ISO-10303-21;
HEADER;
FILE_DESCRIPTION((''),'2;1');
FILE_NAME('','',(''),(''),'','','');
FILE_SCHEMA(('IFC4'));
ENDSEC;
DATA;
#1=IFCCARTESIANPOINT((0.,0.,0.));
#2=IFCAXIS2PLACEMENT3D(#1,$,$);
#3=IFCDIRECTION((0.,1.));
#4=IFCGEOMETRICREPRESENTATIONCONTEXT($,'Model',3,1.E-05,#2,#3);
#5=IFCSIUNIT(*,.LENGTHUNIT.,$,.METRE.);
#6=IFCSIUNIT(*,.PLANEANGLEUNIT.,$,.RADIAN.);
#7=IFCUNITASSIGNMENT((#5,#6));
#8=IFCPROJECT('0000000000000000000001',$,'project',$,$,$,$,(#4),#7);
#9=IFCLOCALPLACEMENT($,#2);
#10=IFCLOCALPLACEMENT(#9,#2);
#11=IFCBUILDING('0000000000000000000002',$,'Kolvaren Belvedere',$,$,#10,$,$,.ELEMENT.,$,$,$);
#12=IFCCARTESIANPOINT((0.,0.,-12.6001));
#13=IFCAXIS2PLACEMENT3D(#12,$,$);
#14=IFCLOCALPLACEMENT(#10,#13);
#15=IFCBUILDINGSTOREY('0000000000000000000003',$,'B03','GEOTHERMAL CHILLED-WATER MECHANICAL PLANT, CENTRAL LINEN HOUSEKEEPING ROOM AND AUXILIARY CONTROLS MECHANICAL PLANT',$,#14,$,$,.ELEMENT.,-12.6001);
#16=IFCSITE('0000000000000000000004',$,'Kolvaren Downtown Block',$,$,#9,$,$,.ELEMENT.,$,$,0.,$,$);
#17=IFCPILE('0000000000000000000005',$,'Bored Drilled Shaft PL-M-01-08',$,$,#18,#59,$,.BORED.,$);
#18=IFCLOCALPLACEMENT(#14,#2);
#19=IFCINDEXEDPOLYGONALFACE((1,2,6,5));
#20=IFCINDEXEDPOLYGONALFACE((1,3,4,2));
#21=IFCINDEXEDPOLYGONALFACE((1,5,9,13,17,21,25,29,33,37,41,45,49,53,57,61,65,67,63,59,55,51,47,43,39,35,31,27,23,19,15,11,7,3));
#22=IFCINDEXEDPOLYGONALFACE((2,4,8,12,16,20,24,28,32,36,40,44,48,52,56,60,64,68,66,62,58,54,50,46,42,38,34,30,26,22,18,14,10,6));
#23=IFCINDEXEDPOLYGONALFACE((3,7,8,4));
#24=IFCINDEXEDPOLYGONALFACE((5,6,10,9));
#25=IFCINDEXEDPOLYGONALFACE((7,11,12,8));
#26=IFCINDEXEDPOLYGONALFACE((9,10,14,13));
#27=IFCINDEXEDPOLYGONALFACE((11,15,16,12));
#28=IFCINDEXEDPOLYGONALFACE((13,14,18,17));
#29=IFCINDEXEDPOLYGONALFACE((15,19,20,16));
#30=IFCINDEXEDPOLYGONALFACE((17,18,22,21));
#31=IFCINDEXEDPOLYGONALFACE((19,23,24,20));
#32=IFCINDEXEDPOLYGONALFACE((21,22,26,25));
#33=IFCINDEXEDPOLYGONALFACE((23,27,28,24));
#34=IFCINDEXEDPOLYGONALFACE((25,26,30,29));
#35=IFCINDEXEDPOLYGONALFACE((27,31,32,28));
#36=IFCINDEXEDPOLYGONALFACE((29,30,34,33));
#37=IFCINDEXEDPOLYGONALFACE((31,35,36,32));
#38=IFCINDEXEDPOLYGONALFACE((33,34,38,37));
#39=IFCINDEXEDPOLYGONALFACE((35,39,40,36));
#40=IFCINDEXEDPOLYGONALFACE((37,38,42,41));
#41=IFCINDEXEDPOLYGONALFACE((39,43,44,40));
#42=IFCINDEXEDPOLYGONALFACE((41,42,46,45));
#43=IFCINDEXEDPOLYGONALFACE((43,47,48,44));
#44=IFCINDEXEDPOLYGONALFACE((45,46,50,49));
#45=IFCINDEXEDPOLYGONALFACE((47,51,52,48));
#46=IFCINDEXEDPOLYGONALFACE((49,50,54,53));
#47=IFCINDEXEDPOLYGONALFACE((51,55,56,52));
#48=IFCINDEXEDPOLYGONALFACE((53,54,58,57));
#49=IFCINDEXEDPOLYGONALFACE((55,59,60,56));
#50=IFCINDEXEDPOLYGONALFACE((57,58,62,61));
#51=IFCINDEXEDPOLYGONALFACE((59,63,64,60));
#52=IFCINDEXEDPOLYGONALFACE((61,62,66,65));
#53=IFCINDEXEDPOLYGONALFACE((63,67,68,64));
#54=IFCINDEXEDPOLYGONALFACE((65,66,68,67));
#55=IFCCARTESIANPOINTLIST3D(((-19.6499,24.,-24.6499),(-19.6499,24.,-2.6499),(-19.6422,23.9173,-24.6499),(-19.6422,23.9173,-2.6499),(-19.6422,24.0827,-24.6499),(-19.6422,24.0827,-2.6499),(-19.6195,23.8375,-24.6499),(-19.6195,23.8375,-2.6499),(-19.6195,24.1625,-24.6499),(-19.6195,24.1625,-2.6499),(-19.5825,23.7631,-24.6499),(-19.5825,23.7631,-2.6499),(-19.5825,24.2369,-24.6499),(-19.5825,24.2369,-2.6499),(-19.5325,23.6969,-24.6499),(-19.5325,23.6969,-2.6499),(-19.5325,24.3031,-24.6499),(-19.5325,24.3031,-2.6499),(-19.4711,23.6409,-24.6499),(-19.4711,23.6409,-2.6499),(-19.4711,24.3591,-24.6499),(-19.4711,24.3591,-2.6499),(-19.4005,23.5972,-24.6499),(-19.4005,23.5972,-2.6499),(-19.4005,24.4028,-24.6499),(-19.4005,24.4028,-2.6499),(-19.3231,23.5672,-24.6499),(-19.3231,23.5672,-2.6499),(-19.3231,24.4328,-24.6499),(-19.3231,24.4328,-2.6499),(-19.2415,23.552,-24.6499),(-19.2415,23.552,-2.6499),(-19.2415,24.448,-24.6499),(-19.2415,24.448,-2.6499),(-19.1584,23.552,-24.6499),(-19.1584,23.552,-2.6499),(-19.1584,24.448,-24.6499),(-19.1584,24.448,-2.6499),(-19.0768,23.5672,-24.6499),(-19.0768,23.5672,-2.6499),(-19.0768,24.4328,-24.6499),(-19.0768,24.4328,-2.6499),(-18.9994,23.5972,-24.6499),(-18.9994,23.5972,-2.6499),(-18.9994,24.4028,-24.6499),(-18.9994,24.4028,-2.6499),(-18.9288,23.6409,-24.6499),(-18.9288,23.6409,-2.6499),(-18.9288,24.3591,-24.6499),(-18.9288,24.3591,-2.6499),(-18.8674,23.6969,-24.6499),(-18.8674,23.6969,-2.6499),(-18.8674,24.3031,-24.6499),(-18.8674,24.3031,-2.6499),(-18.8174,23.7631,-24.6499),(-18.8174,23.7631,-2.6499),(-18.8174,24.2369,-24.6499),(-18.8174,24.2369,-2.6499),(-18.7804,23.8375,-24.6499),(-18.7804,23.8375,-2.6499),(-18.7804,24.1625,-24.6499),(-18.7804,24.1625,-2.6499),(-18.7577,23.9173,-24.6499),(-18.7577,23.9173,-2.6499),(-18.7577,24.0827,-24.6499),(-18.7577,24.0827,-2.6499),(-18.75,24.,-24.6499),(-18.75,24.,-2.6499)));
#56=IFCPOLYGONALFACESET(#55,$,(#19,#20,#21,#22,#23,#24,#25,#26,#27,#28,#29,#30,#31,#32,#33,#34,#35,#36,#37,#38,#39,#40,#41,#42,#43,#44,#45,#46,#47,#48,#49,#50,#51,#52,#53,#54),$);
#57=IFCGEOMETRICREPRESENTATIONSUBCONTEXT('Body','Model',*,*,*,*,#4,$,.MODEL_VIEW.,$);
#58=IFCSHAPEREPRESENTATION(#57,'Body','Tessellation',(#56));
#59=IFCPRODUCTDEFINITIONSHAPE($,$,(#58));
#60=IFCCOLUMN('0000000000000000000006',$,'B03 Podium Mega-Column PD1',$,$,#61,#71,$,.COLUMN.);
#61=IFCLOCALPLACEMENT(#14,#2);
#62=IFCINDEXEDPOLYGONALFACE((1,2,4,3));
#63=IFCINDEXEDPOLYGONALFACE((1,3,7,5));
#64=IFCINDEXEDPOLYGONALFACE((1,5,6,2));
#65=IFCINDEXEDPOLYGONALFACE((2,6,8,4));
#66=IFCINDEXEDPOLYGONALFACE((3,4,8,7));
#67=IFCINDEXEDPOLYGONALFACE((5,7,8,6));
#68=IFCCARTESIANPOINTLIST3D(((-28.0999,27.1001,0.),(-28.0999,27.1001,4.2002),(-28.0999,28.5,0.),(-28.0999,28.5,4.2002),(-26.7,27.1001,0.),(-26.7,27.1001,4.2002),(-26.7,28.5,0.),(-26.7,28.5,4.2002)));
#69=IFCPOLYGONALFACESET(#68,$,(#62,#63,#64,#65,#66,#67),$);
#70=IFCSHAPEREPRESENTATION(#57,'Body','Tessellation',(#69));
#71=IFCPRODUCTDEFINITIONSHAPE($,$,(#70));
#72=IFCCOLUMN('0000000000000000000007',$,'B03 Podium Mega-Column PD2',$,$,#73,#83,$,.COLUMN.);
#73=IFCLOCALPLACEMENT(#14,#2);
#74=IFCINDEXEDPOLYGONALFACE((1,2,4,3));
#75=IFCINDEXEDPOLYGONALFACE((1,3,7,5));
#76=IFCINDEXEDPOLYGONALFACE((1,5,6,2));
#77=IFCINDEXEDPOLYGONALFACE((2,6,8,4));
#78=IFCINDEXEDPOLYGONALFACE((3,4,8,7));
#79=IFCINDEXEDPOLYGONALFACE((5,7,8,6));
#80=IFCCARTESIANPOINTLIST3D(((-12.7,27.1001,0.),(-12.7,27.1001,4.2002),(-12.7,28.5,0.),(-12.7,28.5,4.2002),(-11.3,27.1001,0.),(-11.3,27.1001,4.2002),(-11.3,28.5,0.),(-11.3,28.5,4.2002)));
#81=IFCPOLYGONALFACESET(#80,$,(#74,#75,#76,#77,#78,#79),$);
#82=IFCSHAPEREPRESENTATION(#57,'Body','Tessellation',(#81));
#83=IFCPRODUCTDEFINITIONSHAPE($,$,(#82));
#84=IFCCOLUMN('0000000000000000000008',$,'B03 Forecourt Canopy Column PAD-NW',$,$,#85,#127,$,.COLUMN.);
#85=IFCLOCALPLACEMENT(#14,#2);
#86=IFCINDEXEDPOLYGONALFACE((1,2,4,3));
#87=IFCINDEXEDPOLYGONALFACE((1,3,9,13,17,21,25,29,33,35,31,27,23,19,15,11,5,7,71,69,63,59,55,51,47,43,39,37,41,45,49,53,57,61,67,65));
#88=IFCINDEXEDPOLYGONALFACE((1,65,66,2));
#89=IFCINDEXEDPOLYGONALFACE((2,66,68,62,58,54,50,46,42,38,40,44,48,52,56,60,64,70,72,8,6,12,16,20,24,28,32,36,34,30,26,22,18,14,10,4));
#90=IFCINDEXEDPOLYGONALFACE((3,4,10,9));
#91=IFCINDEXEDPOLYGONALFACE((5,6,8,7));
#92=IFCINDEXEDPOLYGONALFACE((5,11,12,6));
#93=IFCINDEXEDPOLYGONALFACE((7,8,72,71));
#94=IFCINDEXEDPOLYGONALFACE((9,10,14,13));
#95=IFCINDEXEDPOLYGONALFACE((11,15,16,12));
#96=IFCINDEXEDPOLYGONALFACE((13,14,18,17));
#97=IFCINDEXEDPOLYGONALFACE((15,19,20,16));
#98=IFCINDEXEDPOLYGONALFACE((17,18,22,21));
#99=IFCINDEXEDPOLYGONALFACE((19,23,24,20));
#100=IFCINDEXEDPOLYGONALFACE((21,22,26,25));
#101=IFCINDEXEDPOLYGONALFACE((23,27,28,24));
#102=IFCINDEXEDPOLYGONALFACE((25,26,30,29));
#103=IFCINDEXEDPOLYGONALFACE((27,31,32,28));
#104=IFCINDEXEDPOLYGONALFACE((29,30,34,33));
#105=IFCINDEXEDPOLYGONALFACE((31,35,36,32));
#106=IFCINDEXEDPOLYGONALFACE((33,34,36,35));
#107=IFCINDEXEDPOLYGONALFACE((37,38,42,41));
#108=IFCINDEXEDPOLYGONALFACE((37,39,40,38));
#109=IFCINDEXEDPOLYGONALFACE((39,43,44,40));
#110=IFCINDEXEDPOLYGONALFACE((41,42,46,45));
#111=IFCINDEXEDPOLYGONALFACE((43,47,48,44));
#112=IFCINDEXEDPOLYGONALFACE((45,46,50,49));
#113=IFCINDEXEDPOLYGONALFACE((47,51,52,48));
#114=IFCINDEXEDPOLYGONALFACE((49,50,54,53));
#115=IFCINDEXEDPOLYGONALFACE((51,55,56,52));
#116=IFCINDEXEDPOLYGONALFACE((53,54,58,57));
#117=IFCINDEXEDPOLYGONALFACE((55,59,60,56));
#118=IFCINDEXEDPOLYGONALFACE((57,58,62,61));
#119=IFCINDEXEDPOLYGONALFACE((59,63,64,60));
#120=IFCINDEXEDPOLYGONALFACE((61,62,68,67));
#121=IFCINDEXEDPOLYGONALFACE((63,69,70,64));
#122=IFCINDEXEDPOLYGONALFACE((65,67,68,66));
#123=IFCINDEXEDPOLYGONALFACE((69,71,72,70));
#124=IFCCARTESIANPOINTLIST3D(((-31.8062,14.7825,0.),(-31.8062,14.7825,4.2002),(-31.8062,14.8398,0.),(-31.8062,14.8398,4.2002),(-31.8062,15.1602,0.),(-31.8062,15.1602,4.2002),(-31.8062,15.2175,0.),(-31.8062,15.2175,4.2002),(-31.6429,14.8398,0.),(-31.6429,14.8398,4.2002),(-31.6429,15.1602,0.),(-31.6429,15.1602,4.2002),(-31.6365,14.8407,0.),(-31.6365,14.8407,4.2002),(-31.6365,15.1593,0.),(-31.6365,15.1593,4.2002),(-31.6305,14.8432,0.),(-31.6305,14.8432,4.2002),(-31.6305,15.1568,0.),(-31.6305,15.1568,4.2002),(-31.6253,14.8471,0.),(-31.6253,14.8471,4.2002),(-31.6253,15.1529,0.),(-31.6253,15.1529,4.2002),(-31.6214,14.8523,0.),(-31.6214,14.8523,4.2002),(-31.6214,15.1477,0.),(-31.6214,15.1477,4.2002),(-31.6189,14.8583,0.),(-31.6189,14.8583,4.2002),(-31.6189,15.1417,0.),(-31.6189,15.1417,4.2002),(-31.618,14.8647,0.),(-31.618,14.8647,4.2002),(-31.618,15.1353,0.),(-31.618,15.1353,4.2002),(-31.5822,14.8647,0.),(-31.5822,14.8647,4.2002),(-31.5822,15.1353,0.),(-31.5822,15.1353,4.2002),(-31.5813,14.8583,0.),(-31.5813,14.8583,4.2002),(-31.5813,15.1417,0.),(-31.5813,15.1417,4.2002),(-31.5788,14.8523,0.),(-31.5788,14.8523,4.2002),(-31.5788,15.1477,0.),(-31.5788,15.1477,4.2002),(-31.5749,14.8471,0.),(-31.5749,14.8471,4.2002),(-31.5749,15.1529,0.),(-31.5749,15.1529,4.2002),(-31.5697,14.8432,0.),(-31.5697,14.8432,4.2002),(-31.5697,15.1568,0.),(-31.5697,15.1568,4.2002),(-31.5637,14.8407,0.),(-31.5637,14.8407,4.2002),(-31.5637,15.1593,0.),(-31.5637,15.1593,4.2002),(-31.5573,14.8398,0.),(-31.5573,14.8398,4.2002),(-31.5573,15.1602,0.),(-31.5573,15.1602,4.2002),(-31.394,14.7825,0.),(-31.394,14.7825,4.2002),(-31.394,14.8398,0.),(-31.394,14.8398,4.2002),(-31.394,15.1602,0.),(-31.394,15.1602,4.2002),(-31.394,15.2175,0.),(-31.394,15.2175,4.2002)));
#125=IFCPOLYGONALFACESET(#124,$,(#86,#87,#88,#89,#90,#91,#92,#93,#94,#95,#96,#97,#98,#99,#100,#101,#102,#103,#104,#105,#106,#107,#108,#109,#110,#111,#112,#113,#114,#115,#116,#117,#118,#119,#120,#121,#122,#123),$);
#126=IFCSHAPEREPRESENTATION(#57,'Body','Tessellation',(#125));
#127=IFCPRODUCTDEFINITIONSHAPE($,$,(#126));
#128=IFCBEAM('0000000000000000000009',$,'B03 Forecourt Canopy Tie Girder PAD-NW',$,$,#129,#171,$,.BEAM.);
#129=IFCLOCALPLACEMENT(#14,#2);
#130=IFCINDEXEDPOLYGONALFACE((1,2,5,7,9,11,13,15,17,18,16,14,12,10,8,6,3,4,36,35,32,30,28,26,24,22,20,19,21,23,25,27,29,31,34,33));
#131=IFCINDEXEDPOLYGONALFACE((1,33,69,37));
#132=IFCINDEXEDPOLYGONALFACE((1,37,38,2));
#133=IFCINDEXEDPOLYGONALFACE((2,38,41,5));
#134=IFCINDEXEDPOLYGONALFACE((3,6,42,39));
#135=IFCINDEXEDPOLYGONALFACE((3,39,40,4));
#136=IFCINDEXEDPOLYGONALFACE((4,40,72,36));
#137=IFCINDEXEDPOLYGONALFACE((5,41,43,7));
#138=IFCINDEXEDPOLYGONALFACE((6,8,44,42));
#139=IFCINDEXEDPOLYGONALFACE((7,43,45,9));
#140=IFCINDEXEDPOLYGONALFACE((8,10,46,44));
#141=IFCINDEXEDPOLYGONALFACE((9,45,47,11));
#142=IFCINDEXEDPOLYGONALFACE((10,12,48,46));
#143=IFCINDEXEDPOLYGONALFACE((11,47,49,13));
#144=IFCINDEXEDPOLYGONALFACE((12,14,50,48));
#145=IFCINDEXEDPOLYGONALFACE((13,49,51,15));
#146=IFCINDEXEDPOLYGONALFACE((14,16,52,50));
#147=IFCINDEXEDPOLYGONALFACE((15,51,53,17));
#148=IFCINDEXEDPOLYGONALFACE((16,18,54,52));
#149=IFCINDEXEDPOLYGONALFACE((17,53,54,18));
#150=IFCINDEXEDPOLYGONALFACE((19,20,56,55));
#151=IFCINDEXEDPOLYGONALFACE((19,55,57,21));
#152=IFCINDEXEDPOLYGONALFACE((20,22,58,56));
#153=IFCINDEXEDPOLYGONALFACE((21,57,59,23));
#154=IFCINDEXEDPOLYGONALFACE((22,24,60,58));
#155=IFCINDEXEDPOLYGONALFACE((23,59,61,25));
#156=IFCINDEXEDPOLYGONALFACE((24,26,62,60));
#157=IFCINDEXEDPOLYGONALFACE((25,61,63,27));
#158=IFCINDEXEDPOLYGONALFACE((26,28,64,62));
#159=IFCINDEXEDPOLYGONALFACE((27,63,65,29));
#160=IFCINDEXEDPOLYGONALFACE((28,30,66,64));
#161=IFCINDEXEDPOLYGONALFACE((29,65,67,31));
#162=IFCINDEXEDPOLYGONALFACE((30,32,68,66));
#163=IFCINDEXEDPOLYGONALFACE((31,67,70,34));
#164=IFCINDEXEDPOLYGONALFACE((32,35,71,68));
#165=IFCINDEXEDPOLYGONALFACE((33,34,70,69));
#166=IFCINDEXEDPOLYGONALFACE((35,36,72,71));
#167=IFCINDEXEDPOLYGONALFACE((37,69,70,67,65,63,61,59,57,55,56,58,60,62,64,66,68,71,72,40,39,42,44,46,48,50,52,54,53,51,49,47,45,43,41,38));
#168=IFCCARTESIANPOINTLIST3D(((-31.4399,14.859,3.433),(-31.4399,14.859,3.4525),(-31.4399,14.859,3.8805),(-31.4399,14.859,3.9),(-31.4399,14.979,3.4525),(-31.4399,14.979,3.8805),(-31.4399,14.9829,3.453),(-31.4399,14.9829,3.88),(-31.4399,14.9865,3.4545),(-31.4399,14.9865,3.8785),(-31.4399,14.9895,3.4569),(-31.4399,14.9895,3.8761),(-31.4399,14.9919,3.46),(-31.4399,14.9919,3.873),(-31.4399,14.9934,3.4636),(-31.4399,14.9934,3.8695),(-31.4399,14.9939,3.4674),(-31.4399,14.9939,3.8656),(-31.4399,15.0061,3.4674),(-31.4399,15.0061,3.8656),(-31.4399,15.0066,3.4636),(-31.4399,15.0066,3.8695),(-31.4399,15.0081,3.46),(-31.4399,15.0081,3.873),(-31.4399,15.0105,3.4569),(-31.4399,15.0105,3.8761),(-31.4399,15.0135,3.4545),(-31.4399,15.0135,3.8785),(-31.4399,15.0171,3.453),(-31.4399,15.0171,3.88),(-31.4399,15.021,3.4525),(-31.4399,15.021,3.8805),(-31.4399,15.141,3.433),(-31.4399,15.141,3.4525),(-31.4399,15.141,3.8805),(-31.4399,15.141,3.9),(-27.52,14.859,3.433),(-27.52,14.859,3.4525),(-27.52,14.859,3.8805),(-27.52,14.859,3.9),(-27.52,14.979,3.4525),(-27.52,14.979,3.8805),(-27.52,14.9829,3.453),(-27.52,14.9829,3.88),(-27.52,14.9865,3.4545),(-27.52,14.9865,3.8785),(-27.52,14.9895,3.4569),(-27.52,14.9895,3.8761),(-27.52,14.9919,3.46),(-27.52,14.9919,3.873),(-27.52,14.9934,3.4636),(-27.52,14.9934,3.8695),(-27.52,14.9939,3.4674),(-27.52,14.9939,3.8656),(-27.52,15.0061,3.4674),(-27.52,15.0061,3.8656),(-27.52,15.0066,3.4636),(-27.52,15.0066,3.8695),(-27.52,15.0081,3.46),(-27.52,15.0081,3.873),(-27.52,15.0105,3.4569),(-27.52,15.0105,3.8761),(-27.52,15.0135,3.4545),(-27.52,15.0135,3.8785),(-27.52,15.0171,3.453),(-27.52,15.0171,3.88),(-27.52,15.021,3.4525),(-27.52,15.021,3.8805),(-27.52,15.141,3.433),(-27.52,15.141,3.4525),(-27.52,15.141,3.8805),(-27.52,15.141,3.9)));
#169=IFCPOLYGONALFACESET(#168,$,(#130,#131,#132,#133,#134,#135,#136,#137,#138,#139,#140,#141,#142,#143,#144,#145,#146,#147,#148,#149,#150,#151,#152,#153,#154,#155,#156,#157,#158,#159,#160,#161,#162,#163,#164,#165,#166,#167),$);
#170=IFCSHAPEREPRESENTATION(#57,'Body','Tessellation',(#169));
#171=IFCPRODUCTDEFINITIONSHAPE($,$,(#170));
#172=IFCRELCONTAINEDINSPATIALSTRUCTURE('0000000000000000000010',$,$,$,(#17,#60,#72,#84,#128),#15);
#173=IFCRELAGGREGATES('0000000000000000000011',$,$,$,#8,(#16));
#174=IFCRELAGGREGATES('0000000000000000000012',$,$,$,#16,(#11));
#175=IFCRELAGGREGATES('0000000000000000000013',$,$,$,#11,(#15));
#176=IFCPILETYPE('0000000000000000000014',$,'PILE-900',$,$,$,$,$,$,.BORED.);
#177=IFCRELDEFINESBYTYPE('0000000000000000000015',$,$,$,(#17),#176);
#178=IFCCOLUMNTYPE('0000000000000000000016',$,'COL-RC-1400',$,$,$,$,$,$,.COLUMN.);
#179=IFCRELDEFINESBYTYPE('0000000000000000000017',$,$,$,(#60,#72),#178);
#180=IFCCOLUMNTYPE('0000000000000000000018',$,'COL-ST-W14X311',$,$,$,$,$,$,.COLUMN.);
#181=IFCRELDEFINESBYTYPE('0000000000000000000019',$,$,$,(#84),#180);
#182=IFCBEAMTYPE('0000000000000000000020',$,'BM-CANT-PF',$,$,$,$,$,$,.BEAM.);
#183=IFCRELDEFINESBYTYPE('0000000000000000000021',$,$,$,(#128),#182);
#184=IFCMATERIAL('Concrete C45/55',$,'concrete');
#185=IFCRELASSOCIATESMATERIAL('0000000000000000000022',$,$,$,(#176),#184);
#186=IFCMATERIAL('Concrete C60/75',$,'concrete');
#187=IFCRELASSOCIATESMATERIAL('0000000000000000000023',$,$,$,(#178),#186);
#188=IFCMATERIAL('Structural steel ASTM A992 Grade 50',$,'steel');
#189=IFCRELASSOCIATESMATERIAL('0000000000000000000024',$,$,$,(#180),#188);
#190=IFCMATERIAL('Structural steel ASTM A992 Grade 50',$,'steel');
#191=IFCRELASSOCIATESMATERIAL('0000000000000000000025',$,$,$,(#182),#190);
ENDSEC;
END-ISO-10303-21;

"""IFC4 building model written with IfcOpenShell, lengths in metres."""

from ifc_helpers import new_model, si_unit, direction, frame, origin, origin_2d, place, context, subcontext, project, spatial, rectangle, circle, i_section, extrude, material, material_profile, profile_set, type_object, element, save


model = new_model("IFC4")

# Units and contexts
model_context = context("Model", 3, precision=1e-05, world=origin(), true_north=direction((0.0, 1.0)))
body_context = subcontext(model_context, "Body", "Model", "MODEL_VIEW")
ifc_project = project(units=[si_unit("LENGTHUNIT", "METRE"), si_unit("PLANEANGLEUNIT", "RADIAN")], contexts=[model_context])

# Site, building, storey
site_placement = place(None, origin())
site = spatial("IfcSite", under=ifc_project, at=site_placement, Name="Kolvaren Downtown Block", CompositionType="ELEMENT", RefElevation=0.0)
building_placement = place(site_placement, origin())
building = spatial("IfcBuilding", under=site, at=building_placement, Name="Kolvaren Belvedere", CompositionType="ELEMENT")
storey_placement = place(building_placement, frame((0.0, 0.0, -12.6001)))
storey = spatial("IfcBuildingStorey", under=building, at=storey_placement, Name="B03", Description="GEOTHERMAL CHILLED-WATER MECHANICAL PLANT, CENTRAL LINEN HOUSEKEEPING ROOM AND AUXILIARY CONTROLS MECHANICAL PLANT", CompositionType="ELEMENT", Elevation=-12.6001)

# Pile
ifc_material_1 = material(Name="Concrete C45/55", Category="concrete")
ifc_material_profile_1 = material_profile(ifc_material_1, circle(Radius=0.45, at=origin_2d()), Name="BORED PILE D900")
ifc_profile_set_1 = profile_set([ifc_material_profile_1], Name="Concrete C45/55")
pile_type_1 = type_object("IfcPileType", Name="PILE-900", PredefinedType="BORED", material=ifc_profile_set_1)
for number, where, z_axis, x_axis, name in (
    (1, (-19.2, 24.0, -2.6499), (0.0, 0.0, -1.0), (1.0, 0.0, 0.0), "Bored Drilled Shaft PL-M-01-08"),
):
    element("IfcPile", number, at=place(storey_placement, frame(where, z_axis=z_axis, x_axis=x_axis)), inside=storey, type_object=pile_type_1, Name=name, PredefinedType="BORED", context=body_context, shape_type="SweptSolid", body=[
        extrude(circle(Radius=0.45, at=origin_2d()), origin(), (0.0, 0.0, 1.0), 22.0),
    ])

# Columns
ifc_material_2 = material(Name="Concrete C60/75", Category="concrete")
ifc_material_profile_2 = material_profile(ifc_material_2, rectangle(XDim=1.3999, YDim=1.3999, at=origin_2d()), Name="RC 1400X1400")
ifc_profile_set_2 = profile_set([ifc_material_profile_2], Name="Concrete C60/75")
column_type_1 = type_object("IfcColumnType", Name="COL-RC-1400", PredefinedType="COLUMN", material=ifc_profile_set_2)
for number, where, z_axis, x_axis, name in (
    (2, (-27.3999, 27.8, 0.0), (0.0, 0.0, 1.0), (1.0, 0.0, 0.0), "B03 Podium Mega-Column PD1"),
    (3, (-12.0, 27.8, 0.0), (0.0, 0.0, 1.0), (1.0, 0.0, 0.0), "B03 Podium Mega-Column PD2"),
):
    element("IfcColumn", number, at=place(storey_placement, frame(where, z_axis=z_axis, x_axis=x_axis)), inside=storey, type_object=column_type_1, Name=name, PredefinedType="COLUMN", context=body_context, shape_type="SweptSolid", body=[
        extrude(rectangle(XDim=1.3999, YDim=1.3999, at=origin_2d()), origin(), (0.0, 0.0, 1.0), 4.2002),
    ])
ifc_material_3 = material(Name="Structural steel ASTM A992 Grade 50", Category="steel")
ifc_material_profile_3 = material_profile(ifc_material_3, i_section(OverallWidth=0.4121, OverallDepth=0.4351, WebThickness=0.0359, FlangeThickness=0.0574, FilletRadius=0.0249, at=origin_2d()), Name="W14X311")
ifc_profile_set_3 = profile_set([ifc_material_profile_3], Name="Structural steel ASTM A992 Grade 50")
column_type_2 = type_object("IfcColumnType", Name="COL-ST-W14X311", PredefinedType="COLUMN", material=ifc_profile_set_3)
column_placement = place(storey_placement, frame((-31.6001, 15.0, 0.0), z_axis=(0.0, 0.0, 1.0), x_axis=(1.0, 0.0, 0.0)))
element("IfcColumn", 4, at=column_placement, inside=storey, type_object=column_type_2, Name="B03 Forecourt Canopy Column PAD-NW", PredefinedType="COLUMN", context=body_context, shape_type="SweptSolid", body=[
    extrude(i_section(OverallWidth=0.4121, OverallDepth=0.4351, WebThickness=0.0359, FlangeThickness=0.0574, FilletRadius=0.0249, at=origin_2d()), origin(), (0.0, 0.0, 1.0), 4.2002),
])

# Beam
ifc_material_4 = material(Name="Structural steel ASTM A992 Grade 50", Category="steel")
ifc_material_profile_4 = material_profile(ifc_material_4, i_section(OverallWidth=0.282, OverallDepth=0.467, WebThickness=0.0122, FlangeThickness=0.0195, FilletRadius=0.0149, at=origin_2d()), Name="W18X86")
ifc_profile_set_4 = profile_set([ifc_material_profile_4], Name="Structural steel ASTM A992 Grade 50")
beam_type_1 = type_object("IfcBeamType", Name="BM-CANT-PF", PredefinedType="BEAM", material=ifc_profile_set_4)
beam_1_placement = place(storey_placement, frame((-31.4399, 15.0, 3.6665), z_axis=(1.0, 0.0, 0.0), x_axis=(0.0, 1.0, 0.0)))
element("IfcBeam", 5, at=beam_1_placement, inside=storey, type_object=beam_type_1, Name="B03 Forecourt Canopy Tie Girder PAD-NW", PredefinedType="BEAM", context=body_context, shape_type="SweptSolid", body=[
    extrude(i_section(OverallWidth=0.282, OverallDepth=0.467, WebThickness=0.0122, FlangeThickness=0.0195, FilletRadius=0.0149, at=origin_2d()), origin(), (0.0, 0.0, 1.0), 3.9199),
])

save(model, "model.ifc")
